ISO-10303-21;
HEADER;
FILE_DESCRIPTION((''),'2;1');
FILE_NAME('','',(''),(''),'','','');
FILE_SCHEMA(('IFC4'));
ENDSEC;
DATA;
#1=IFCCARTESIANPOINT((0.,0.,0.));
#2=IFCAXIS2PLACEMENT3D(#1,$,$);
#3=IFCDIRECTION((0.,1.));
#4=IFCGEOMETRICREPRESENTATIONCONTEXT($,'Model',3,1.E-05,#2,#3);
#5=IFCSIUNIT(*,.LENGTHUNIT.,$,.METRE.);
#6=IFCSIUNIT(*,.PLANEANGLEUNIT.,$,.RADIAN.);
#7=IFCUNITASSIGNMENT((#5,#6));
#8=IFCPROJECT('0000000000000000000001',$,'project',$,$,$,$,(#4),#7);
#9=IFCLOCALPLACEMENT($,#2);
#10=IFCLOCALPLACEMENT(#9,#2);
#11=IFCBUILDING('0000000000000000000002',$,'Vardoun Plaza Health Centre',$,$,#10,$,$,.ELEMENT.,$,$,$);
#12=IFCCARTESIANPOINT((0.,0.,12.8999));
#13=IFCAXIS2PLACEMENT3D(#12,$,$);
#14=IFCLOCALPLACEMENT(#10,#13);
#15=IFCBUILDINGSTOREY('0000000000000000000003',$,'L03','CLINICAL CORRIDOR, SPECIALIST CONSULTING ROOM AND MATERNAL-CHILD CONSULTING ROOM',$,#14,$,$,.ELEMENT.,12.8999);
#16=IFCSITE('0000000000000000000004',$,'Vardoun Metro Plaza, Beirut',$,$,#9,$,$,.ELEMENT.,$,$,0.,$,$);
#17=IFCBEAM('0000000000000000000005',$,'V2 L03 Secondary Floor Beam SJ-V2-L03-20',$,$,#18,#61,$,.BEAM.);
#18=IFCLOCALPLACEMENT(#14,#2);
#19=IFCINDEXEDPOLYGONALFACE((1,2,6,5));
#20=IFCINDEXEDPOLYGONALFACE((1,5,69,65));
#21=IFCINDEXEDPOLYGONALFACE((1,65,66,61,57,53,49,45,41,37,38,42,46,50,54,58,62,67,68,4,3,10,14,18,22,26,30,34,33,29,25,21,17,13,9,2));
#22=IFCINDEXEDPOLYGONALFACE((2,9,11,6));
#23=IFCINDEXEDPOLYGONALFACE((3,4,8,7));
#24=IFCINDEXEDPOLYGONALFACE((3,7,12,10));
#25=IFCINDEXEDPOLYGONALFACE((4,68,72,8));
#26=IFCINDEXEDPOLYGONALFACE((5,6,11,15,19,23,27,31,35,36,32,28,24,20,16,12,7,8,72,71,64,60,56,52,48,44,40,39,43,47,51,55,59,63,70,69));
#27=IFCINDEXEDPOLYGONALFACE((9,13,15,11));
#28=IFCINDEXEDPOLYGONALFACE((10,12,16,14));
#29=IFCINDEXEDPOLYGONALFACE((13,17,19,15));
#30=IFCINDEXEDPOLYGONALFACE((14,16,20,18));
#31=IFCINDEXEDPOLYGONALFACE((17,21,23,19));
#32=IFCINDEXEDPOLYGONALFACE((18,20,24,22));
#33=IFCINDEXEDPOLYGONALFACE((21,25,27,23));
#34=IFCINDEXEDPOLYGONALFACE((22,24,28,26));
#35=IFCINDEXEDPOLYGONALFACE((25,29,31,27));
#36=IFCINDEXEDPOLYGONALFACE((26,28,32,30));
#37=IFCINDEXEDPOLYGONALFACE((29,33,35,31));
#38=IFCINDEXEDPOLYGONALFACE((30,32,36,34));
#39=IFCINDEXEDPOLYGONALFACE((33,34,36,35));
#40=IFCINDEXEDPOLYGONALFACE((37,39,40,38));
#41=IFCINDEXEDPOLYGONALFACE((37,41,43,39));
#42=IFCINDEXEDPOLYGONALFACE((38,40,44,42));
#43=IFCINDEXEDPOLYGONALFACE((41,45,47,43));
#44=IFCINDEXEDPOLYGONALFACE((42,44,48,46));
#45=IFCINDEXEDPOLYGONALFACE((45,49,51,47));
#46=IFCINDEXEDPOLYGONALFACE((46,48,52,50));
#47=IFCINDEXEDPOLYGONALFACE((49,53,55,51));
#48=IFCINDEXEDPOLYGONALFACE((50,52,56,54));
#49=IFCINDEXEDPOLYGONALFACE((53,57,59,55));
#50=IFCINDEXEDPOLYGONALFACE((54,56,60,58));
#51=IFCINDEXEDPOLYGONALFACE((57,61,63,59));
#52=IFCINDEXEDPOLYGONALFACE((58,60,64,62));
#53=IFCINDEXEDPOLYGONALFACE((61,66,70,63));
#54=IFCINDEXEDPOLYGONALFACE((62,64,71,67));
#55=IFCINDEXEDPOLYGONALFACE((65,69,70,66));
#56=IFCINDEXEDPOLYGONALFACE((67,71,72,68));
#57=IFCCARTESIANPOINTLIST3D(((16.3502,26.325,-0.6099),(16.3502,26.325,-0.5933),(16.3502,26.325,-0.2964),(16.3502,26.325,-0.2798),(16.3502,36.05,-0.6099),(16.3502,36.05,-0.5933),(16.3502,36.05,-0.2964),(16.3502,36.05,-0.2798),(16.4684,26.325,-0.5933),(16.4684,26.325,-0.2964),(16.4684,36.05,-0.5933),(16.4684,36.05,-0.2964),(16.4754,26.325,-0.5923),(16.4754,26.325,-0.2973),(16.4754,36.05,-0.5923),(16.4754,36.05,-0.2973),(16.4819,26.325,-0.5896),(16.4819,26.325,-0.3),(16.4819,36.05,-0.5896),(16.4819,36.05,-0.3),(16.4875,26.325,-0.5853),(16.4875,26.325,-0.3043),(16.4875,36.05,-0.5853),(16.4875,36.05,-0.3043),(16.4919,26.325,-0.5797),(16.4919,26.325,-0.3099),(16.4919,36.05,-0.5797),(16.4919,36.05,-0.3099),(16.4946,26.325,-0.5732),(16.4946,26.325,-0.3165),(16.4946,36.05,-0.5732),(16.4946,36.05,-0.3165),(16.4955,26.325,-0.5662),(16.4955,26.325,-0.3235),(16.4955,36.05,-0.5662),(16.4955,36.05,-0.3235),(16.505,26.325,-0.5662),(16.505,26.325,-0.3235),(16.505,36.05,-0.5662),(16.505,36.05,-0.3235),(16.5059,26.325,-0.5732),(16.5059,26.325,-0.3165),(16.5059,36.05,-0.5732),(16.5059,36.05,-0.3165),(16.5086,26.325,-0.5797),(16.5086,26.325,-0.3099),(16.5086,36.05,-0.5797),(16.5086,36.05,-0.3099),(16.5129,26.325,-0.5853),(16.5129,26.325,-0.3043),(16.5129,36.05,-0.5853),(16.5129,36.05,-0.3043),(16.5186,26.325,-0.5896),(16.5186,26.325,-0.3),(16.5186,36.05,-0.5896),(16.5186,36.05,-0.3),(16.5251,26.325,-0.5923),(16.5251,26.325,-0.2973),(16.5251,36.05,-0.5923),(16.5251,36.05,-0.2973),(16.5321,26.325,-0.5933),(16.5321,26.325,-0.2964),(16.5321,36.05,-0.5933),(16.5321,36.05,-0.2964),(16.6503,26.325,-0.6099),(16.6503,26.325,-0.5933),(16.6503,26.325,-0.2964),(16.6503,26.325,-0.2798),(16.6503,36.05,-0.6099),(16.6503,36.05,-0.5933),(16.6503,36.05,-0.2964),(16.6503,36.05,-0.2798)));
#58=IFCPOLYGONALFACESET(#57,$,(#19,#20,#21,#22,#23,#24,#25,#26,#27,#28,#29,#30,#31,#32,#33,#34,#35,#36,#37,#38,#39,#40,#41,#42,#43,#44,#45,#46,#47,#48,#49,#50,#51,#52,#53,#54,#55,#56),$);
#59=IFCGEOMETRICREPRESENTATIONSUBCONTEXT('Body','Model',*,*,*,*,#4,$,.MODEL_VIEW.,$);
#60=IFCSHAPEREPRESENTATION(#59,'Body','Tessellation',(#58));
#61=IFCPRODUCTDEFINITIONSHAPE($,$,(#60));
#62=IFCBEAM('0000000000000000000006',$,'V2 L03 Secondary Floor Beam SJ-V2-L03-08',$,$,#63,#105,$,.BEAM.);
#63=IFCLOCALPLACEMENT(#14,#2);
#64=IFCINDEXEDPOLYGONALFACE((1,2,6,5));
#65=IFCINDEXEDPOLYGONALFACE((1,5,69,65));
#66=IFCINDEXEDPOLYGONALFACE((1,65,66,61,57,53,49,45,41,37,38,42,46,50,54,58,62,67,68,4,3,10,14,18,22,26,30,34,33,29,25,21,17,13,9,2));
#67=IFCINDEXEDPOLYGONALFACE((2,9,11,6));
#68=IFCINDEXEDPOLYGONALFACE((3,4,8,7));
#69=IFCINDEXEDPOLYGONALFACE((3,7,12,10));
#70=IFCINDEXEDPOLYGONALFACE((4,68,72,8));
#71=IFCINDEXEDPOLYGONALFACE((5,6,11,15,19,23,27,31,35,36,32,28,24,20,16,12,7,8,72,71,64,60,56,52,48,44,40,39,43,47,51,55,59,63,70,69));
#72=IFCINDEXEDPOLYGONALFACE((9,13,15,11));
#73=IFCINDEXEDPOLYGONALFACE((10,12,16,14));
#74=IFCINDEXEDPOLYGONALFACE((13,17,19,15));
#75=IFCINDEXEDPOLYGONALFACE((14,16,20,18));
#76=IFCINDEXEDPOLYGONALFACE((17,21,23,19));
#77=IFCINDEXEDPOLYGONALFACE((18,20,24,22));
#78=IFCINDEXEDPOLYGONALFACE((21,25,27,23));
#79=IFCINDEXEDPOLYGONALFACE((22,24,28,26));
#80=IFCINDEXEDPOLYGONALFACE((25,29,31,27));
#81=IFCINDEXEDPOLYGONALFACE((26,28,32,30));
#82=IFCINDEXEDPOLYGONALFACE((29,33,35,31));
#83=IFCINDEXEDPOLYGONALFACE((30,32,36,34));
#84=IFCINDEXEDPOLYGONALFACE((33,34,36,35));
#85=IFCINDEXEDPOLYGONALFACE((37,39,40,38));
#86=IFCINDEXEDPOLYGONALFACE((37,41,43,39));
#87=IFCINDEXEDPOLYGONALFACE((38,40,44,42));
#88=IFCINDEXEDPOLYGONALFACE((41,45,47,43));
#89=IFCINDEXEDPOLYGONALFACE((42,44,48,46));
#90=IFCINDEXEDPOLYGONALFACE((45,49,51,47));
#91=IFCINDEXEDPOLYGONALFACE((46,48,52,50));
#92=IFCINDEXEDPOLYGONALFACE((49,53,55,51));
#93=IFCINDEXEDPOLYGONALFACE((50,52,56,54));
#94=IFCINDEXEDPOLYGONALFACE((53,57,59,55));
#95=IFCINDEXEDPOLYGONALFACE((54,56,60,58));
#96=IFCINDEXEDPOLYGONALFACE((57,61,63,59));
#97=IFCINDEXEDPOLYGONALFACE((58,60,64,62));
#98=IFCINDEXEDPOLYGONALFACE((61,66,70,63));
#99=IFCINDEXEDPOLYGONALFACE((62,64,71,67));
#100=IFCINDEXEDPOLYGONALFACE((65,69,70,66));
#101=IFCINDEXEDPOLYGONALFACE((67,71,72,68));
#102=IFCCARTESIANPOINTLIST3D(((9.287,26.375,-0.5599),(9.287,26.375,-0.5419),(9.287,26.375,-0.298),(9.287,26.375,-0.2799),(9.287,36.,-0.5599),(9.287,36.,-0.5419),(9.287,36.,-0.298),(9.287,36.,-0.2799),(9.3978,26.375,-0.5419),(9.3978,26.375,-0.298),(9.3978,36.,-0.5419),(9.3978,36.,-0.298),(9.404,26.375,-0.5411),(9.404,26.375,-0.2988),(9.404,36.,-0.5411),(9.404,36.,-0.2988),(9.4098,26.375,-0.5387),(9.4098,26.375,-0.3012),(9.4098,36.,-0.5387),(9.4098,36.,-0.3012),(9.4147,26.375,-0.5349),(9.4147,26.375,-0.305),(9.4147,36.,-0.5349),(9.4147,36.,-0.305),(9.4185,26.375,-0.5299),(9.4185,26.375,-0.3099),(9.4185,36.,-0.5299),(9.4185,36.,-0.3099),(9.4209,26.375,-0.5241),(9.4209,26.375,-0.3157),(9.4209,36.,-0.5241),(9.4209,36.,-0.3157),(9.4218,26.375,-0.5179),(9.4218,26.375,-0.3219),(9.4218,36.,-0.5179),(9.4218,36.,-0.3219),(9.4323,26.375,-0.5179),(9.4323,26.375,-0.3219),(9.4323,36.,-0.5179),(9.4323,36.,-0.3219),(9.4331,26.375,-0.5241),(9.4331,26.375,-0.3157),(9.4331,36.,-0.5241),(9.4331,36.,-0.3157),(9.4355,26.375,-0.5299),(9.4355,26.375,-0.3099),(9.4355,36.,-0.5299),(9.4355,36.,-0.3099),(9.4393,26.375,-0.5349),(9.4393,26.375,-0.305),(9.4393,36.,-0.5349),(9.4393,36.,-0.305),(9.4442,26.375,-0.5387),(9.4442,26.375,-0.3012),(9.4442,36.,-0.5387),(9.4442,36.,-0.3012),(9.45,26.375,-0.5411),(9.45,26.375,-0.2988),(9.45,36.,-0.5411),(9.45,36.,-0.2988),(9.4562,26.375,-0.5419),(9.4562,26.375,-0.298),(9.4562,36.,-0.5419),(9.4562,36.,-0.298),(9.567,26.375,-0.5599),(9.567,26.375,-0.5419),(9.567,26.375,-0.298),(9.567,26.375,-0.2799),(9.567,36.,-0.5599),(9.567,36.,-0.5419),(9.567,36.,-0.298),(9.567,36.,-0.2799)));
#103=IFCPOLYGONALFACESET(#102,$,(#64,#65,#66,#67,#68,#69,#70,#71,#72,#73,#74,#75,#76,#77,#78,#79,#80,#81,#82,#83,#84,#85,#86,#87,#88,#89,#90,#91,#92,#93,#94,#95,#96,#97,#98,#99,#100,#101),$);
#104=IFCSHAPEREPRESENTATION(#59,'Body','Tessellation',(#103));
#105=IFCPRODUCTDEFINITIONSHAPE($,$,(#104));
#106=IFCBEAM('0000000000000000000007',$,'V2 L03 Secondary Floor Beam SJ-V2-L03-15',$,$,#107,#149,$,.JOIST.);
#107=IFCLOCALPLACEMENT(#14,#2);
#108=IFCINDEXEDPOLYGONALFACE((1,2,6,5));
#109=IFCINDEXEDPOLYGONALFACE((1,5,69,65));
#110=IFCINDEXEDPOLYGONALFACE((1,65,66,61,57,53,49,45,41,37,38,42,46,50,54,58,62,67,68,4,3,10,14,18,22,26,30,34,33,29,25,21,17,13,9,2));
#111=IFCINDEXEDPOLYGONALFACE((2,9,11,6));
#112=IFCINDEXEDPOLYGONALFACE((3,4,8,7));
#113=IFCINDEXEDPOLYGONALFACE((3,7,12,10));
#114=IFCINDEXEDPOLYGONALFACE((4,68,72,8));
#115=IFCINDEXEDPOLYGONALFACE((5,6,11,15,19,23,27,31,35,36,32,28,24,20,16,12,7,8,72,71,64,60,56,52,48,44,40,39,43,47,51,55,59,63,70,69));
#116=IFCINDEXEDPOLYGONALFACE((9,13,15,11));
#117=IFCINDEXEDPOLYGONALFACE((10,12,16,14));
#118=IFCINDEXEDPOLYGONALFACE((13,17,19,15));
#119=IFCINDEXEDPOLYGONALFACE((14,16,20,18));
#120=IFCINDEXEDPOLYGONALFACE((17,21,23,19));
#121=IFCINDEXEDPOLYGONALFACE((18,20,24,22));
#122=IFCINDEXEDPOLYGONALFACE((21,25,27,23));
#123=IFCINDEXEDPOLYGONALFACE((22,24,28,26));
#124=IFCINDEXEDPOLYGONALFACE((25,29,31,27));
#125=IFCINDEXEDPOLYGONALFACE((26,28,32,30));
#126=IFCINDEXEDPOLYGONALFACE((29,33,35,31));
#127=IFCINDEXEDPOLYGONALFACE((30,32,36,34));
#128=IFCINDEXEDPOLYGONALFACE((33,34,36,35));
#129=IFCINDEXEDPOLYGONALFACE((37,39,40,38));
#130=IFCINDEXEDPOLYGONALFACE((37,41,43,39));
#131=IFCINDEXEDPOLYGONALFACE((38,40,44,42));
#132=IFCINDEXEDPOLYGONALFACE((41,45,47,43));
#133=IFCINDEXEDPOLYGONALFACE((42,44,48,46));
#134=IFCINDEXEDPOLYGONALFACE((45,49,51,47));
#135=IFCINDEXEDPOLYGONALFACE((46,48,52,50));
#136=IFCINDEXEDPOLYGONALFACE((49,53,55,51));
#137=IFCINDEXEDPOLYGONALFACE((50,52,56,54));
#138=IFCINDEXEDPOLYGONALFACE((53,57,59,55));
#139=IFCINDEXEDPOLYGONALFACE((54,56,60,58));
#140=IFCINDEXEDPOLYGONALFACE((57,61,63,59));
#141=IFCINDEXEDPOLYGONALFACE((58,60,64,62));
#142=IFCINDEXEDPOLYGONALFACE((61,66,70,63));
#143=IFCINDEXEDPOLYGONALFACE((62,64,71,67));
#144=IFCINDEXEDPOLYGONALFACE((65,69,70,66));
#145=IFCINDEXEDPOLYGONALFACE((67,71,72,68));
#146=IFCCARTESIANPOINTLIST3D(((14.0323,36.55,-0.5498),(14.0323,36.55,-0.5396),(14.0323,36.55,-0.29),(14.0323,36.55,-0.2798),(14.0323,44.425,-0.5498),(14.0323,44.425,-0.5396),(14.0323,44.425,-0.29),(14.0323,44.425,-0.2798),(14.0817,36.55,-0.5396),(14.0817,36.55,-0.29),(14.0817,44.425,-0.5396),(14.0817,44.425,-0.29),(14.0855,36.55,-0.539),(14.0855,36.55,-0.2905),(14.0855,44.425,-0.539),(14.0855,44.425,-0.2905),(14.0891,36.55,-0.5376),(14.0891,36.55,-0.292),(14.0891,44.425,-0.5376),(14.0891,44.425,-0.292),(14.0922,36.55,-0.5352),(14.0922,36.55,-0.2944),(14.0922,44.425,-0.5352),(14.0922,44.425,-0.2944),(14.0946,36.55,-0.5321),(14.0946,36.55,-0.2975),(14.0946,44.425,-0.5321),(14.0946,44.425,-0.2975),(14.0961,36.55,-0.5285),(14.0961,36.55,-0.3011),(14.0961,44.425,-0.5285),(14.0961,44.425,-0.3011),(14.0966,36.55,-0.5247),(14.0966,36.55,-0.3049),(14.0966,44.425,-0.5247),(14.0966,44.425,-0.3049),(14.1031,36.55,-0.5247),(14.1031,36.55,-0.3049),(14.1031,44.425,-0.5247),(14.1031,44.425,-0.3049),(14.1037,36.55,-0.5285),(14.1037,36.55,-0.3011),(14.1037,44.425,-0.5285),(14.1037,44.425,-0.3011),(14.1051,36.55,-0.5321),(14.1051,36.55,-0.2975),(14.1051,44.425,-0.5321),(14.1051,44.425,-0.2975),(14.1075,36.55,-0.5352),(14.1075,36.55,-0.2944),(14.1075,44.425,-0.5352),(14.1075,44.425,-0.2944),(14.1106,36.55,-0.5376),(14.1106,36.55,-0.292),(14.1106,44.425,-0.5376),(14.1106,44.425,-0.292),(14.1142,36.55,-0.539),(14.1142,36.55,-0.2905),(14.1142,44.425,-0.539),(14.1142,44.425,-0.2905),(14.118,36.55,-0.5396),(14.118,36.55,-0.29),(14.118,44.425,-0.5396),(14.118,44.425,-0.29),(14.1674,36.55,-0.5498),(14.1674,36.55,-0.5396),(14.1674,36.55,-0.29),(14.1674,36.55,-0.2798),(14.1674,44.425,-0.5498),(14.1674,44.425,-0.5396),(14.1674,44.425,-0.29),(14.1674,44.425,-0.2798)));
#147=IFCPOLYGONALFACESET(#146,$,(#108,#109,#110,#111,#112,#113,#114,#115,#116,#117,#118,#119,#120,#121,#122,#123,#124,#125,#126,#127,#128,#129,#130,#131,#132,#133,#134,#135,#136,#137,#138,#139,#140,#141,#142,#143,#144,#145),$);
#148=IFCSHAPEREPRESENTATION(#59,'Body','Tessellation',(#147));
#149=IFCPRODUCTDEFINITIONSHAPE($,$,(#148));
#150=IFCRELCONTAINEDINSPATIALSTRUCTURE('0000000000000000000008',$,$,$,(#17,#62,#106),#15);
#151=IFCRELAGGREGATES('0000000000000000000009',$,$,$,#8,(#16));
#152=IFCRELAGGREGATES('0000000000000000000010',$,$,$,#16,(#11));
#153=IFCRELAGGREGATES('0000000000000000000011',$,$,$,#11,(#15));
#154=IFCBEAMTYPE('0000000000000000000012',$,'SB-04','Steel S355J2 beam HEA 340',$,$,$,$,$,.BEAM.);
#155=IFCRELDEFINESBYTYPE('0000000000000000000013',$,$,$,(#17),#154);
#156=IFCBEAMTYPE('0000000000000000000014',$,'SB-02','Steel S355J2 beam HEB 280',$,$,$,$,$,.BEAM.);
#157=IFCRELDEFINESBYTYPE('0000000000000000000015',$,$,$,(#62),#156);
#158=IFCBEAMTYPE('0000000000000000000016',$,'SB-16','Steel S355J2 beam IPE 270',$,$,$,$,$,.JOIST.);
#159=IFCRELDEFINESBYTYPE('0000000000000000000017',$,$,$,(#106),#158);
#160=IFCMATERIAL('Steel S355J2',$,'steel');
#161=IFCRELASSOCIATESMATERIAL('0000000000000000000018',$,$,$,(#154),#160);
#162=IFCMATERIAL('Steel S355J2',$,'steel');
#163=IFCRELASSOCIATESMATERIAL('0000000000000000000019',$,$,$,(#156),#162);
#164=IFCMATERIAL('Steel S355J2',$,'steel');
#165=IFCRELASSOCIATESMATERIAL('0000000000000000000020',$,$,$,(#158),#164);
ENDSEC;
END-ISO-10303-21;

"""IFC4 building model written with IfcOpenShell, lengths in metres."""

from ifc_helpers import new_model, si_unit, direction, frame, origin, origin_2d, place, context, subcontext, project, spatial, i_section, extrude, material, material_profile, profile_set, type_object, element, save


model = new_model("IFC4")

# Units and contexts
model_context = context("Model", 3, precision=1e-05, world=origin(), true_north=direction((0.0, 1.0)))
body_context = subcontext(model_context, "Body", "Model", "MODEL_VIEW")
ifc_project = project(units=[si_unit("LENGTHUNIT", "METRE"), si_unit("PLANEANGLEUNIT", "RADIAN")], contexts=[model_context])

# Site, building, storey
site_placement = place(None, origin())
site = spatial("IfcSite", under=ifc_project, at=site_placement, Name="Vardoun Metro Plaza, Beirut", CompositionType="ELEMENT", RefElevation=0.0)
building_placement = place(site_placement, origin())
building = spatial("IfcBuilding", under=site, at=building_placement, Name="Vardoun Plaza Health Centre", CompositionType="ELEMENT")
storey_placement = place(building_placement, frame((0.0, 0.0, 12.8999)))
storey = spatial("IfcBuildingStorey", under=building, at=storey_placement, Name="L03", Description="CLINICAL CORRIDOR, SPECIALIST CONSULTING ROOM AND MATERNAL-CHILD CONSULTING ROOM", CompositionType="ELEMENT", Elevation=12.8999)

# Beams
ifc_material_1 = material(Name="Steel S355J2", Category="steel")
ifc_material_profile_1 = material_profile(ifc_material_1, i_section(OverallWidth=0.3, OverallDepth=0.3301, WebThickness=0.0095, FlangeThickness=0.0166, FilletRadius=0.0271, at=origin_2d()), Name="HEA 340")
ifc_profile_set_1 = profile_set([ifc_material_profile_1], Name="Steel S355J2")
beam_type_1 = type_object("IfcBeamType", Name="SB-04", Description="Steel S355J2 beam HEA 340", PredefinedType="BEAM", material=ifc_profile_set_1)
beam_1_placement = place(storey_placement, frame((16.5002, 26.325, -0.4448), z_axis=(0.0, 1.0, 0.0), x_axis=(-1.0, 0.0, 0.0)))
element("IfcBeam", 1, at=beam_1_placement, inside=storey, type_object=beam_type_1, Name="V2 L03 Secondary Floor Beam SJ-V2-L03-20", PredefinedType="BEAM", context=body_context, shape_type="SweptSolid", body=[
    extrude(i_section(OverallWidth=0.3, OverallDepth=0.3301, WebThickness=0.0095, FlangeThickness=0.0166, FilletRadius=0.0271, at=origin_2d()), origin(), (0.0, 0.0, 1.0), 9.7251),
])
ifc_material_2 = material(Name="Steel S355J2", Category="steel")
ifc_material_profile_2 = material_profile(ifc_material_2, i_section(OverallWidth=0.28, OverallDepth=0.28, WebThickness=0.0105, FlangeThickness=0.0181, FilletRadius=0.0239, at=origin_2d()), Name="HEB 280")
ifc_profile_set_2 = profile_set([ifc_material_profile_2], Name="Steel S355J2")
beam_type_2 = type_object("IfcBeamType", Name="SB-02", Description="Steel S355J2 beam HEB 280", PredefinedType="BEAM", material=ifc_profile_set_2)
beam_2_placement = place(storey_placement, frame((9.427, 26.375, -0.4199), z_axis=(0.0, 1.0, 0.0), x_axis=(-1.0, 0.0, 0.0)))
element("IfcBeam", 2, at=beam_2_placement, inside=storey, type_object=beam_type_2, Name="V2 L03 Secondary Floor Beam SJ-V2-L03-08", PredefinedType="BEAM", context=body_context, shape_type="SweptSolid", body=[
    extrude(i_section(OverallWidth=0.28, OverallDepth=0.28, WebThickness=0.0105, FlangeThickness=0.0181, FilletRadius=0.0239, at=origin_2d()), origin(), (0.0, 0.0, 1.0), 9.625),
])
ifc_material_3 = material(Name="Steel S355J2", Category="steel")
ifc_material_profile_3 = material_profile(ifc_material_3, i_section(OverallWidth=0.135, OverallDepth=0.27, WebThickness=0.0066, FlangeThickness=0.0103, FilletRadius=0.0149, at=origin_2d()), Name="IPE 270")
ifc_profile_set_3 = profile_set([ifc_material_profile_3], Name="Steel S355J2")
beam_type_3 = type_object("IfcBeamType", Name="SB-16", Description="Steel S355J2 beam IPE 270", PredefinedType="JOIST", material=ifc_profile_set_3)
beam_3_placement = place(storey_placement, frame((14.0999, 36.55, -0.4148), z_axis=(0.0, 1.0, 0.0), x_axis=(-1.0, 0.0, 0.0)))
element("IfcBeam", 3, at=beam_3_placement, inside=storey, type_object=beam_type_3, Name="V2 L03 Secondary Floor Beam SJ-V2-L03-15", PredefinedType="JOIST", context=body_context, shape_type="SweptSolid", body=[
    extrude(i_section(OverallWidth=0.135, OverallDepth=0.27, WebThickness=0.0066, FlangeThickness=0.0103, FilletRadius=0.0149, at=origin_2d()), origin(), (0.0, 0.0, 1.0), 7.875),
])

save(model, "model.ifc")
